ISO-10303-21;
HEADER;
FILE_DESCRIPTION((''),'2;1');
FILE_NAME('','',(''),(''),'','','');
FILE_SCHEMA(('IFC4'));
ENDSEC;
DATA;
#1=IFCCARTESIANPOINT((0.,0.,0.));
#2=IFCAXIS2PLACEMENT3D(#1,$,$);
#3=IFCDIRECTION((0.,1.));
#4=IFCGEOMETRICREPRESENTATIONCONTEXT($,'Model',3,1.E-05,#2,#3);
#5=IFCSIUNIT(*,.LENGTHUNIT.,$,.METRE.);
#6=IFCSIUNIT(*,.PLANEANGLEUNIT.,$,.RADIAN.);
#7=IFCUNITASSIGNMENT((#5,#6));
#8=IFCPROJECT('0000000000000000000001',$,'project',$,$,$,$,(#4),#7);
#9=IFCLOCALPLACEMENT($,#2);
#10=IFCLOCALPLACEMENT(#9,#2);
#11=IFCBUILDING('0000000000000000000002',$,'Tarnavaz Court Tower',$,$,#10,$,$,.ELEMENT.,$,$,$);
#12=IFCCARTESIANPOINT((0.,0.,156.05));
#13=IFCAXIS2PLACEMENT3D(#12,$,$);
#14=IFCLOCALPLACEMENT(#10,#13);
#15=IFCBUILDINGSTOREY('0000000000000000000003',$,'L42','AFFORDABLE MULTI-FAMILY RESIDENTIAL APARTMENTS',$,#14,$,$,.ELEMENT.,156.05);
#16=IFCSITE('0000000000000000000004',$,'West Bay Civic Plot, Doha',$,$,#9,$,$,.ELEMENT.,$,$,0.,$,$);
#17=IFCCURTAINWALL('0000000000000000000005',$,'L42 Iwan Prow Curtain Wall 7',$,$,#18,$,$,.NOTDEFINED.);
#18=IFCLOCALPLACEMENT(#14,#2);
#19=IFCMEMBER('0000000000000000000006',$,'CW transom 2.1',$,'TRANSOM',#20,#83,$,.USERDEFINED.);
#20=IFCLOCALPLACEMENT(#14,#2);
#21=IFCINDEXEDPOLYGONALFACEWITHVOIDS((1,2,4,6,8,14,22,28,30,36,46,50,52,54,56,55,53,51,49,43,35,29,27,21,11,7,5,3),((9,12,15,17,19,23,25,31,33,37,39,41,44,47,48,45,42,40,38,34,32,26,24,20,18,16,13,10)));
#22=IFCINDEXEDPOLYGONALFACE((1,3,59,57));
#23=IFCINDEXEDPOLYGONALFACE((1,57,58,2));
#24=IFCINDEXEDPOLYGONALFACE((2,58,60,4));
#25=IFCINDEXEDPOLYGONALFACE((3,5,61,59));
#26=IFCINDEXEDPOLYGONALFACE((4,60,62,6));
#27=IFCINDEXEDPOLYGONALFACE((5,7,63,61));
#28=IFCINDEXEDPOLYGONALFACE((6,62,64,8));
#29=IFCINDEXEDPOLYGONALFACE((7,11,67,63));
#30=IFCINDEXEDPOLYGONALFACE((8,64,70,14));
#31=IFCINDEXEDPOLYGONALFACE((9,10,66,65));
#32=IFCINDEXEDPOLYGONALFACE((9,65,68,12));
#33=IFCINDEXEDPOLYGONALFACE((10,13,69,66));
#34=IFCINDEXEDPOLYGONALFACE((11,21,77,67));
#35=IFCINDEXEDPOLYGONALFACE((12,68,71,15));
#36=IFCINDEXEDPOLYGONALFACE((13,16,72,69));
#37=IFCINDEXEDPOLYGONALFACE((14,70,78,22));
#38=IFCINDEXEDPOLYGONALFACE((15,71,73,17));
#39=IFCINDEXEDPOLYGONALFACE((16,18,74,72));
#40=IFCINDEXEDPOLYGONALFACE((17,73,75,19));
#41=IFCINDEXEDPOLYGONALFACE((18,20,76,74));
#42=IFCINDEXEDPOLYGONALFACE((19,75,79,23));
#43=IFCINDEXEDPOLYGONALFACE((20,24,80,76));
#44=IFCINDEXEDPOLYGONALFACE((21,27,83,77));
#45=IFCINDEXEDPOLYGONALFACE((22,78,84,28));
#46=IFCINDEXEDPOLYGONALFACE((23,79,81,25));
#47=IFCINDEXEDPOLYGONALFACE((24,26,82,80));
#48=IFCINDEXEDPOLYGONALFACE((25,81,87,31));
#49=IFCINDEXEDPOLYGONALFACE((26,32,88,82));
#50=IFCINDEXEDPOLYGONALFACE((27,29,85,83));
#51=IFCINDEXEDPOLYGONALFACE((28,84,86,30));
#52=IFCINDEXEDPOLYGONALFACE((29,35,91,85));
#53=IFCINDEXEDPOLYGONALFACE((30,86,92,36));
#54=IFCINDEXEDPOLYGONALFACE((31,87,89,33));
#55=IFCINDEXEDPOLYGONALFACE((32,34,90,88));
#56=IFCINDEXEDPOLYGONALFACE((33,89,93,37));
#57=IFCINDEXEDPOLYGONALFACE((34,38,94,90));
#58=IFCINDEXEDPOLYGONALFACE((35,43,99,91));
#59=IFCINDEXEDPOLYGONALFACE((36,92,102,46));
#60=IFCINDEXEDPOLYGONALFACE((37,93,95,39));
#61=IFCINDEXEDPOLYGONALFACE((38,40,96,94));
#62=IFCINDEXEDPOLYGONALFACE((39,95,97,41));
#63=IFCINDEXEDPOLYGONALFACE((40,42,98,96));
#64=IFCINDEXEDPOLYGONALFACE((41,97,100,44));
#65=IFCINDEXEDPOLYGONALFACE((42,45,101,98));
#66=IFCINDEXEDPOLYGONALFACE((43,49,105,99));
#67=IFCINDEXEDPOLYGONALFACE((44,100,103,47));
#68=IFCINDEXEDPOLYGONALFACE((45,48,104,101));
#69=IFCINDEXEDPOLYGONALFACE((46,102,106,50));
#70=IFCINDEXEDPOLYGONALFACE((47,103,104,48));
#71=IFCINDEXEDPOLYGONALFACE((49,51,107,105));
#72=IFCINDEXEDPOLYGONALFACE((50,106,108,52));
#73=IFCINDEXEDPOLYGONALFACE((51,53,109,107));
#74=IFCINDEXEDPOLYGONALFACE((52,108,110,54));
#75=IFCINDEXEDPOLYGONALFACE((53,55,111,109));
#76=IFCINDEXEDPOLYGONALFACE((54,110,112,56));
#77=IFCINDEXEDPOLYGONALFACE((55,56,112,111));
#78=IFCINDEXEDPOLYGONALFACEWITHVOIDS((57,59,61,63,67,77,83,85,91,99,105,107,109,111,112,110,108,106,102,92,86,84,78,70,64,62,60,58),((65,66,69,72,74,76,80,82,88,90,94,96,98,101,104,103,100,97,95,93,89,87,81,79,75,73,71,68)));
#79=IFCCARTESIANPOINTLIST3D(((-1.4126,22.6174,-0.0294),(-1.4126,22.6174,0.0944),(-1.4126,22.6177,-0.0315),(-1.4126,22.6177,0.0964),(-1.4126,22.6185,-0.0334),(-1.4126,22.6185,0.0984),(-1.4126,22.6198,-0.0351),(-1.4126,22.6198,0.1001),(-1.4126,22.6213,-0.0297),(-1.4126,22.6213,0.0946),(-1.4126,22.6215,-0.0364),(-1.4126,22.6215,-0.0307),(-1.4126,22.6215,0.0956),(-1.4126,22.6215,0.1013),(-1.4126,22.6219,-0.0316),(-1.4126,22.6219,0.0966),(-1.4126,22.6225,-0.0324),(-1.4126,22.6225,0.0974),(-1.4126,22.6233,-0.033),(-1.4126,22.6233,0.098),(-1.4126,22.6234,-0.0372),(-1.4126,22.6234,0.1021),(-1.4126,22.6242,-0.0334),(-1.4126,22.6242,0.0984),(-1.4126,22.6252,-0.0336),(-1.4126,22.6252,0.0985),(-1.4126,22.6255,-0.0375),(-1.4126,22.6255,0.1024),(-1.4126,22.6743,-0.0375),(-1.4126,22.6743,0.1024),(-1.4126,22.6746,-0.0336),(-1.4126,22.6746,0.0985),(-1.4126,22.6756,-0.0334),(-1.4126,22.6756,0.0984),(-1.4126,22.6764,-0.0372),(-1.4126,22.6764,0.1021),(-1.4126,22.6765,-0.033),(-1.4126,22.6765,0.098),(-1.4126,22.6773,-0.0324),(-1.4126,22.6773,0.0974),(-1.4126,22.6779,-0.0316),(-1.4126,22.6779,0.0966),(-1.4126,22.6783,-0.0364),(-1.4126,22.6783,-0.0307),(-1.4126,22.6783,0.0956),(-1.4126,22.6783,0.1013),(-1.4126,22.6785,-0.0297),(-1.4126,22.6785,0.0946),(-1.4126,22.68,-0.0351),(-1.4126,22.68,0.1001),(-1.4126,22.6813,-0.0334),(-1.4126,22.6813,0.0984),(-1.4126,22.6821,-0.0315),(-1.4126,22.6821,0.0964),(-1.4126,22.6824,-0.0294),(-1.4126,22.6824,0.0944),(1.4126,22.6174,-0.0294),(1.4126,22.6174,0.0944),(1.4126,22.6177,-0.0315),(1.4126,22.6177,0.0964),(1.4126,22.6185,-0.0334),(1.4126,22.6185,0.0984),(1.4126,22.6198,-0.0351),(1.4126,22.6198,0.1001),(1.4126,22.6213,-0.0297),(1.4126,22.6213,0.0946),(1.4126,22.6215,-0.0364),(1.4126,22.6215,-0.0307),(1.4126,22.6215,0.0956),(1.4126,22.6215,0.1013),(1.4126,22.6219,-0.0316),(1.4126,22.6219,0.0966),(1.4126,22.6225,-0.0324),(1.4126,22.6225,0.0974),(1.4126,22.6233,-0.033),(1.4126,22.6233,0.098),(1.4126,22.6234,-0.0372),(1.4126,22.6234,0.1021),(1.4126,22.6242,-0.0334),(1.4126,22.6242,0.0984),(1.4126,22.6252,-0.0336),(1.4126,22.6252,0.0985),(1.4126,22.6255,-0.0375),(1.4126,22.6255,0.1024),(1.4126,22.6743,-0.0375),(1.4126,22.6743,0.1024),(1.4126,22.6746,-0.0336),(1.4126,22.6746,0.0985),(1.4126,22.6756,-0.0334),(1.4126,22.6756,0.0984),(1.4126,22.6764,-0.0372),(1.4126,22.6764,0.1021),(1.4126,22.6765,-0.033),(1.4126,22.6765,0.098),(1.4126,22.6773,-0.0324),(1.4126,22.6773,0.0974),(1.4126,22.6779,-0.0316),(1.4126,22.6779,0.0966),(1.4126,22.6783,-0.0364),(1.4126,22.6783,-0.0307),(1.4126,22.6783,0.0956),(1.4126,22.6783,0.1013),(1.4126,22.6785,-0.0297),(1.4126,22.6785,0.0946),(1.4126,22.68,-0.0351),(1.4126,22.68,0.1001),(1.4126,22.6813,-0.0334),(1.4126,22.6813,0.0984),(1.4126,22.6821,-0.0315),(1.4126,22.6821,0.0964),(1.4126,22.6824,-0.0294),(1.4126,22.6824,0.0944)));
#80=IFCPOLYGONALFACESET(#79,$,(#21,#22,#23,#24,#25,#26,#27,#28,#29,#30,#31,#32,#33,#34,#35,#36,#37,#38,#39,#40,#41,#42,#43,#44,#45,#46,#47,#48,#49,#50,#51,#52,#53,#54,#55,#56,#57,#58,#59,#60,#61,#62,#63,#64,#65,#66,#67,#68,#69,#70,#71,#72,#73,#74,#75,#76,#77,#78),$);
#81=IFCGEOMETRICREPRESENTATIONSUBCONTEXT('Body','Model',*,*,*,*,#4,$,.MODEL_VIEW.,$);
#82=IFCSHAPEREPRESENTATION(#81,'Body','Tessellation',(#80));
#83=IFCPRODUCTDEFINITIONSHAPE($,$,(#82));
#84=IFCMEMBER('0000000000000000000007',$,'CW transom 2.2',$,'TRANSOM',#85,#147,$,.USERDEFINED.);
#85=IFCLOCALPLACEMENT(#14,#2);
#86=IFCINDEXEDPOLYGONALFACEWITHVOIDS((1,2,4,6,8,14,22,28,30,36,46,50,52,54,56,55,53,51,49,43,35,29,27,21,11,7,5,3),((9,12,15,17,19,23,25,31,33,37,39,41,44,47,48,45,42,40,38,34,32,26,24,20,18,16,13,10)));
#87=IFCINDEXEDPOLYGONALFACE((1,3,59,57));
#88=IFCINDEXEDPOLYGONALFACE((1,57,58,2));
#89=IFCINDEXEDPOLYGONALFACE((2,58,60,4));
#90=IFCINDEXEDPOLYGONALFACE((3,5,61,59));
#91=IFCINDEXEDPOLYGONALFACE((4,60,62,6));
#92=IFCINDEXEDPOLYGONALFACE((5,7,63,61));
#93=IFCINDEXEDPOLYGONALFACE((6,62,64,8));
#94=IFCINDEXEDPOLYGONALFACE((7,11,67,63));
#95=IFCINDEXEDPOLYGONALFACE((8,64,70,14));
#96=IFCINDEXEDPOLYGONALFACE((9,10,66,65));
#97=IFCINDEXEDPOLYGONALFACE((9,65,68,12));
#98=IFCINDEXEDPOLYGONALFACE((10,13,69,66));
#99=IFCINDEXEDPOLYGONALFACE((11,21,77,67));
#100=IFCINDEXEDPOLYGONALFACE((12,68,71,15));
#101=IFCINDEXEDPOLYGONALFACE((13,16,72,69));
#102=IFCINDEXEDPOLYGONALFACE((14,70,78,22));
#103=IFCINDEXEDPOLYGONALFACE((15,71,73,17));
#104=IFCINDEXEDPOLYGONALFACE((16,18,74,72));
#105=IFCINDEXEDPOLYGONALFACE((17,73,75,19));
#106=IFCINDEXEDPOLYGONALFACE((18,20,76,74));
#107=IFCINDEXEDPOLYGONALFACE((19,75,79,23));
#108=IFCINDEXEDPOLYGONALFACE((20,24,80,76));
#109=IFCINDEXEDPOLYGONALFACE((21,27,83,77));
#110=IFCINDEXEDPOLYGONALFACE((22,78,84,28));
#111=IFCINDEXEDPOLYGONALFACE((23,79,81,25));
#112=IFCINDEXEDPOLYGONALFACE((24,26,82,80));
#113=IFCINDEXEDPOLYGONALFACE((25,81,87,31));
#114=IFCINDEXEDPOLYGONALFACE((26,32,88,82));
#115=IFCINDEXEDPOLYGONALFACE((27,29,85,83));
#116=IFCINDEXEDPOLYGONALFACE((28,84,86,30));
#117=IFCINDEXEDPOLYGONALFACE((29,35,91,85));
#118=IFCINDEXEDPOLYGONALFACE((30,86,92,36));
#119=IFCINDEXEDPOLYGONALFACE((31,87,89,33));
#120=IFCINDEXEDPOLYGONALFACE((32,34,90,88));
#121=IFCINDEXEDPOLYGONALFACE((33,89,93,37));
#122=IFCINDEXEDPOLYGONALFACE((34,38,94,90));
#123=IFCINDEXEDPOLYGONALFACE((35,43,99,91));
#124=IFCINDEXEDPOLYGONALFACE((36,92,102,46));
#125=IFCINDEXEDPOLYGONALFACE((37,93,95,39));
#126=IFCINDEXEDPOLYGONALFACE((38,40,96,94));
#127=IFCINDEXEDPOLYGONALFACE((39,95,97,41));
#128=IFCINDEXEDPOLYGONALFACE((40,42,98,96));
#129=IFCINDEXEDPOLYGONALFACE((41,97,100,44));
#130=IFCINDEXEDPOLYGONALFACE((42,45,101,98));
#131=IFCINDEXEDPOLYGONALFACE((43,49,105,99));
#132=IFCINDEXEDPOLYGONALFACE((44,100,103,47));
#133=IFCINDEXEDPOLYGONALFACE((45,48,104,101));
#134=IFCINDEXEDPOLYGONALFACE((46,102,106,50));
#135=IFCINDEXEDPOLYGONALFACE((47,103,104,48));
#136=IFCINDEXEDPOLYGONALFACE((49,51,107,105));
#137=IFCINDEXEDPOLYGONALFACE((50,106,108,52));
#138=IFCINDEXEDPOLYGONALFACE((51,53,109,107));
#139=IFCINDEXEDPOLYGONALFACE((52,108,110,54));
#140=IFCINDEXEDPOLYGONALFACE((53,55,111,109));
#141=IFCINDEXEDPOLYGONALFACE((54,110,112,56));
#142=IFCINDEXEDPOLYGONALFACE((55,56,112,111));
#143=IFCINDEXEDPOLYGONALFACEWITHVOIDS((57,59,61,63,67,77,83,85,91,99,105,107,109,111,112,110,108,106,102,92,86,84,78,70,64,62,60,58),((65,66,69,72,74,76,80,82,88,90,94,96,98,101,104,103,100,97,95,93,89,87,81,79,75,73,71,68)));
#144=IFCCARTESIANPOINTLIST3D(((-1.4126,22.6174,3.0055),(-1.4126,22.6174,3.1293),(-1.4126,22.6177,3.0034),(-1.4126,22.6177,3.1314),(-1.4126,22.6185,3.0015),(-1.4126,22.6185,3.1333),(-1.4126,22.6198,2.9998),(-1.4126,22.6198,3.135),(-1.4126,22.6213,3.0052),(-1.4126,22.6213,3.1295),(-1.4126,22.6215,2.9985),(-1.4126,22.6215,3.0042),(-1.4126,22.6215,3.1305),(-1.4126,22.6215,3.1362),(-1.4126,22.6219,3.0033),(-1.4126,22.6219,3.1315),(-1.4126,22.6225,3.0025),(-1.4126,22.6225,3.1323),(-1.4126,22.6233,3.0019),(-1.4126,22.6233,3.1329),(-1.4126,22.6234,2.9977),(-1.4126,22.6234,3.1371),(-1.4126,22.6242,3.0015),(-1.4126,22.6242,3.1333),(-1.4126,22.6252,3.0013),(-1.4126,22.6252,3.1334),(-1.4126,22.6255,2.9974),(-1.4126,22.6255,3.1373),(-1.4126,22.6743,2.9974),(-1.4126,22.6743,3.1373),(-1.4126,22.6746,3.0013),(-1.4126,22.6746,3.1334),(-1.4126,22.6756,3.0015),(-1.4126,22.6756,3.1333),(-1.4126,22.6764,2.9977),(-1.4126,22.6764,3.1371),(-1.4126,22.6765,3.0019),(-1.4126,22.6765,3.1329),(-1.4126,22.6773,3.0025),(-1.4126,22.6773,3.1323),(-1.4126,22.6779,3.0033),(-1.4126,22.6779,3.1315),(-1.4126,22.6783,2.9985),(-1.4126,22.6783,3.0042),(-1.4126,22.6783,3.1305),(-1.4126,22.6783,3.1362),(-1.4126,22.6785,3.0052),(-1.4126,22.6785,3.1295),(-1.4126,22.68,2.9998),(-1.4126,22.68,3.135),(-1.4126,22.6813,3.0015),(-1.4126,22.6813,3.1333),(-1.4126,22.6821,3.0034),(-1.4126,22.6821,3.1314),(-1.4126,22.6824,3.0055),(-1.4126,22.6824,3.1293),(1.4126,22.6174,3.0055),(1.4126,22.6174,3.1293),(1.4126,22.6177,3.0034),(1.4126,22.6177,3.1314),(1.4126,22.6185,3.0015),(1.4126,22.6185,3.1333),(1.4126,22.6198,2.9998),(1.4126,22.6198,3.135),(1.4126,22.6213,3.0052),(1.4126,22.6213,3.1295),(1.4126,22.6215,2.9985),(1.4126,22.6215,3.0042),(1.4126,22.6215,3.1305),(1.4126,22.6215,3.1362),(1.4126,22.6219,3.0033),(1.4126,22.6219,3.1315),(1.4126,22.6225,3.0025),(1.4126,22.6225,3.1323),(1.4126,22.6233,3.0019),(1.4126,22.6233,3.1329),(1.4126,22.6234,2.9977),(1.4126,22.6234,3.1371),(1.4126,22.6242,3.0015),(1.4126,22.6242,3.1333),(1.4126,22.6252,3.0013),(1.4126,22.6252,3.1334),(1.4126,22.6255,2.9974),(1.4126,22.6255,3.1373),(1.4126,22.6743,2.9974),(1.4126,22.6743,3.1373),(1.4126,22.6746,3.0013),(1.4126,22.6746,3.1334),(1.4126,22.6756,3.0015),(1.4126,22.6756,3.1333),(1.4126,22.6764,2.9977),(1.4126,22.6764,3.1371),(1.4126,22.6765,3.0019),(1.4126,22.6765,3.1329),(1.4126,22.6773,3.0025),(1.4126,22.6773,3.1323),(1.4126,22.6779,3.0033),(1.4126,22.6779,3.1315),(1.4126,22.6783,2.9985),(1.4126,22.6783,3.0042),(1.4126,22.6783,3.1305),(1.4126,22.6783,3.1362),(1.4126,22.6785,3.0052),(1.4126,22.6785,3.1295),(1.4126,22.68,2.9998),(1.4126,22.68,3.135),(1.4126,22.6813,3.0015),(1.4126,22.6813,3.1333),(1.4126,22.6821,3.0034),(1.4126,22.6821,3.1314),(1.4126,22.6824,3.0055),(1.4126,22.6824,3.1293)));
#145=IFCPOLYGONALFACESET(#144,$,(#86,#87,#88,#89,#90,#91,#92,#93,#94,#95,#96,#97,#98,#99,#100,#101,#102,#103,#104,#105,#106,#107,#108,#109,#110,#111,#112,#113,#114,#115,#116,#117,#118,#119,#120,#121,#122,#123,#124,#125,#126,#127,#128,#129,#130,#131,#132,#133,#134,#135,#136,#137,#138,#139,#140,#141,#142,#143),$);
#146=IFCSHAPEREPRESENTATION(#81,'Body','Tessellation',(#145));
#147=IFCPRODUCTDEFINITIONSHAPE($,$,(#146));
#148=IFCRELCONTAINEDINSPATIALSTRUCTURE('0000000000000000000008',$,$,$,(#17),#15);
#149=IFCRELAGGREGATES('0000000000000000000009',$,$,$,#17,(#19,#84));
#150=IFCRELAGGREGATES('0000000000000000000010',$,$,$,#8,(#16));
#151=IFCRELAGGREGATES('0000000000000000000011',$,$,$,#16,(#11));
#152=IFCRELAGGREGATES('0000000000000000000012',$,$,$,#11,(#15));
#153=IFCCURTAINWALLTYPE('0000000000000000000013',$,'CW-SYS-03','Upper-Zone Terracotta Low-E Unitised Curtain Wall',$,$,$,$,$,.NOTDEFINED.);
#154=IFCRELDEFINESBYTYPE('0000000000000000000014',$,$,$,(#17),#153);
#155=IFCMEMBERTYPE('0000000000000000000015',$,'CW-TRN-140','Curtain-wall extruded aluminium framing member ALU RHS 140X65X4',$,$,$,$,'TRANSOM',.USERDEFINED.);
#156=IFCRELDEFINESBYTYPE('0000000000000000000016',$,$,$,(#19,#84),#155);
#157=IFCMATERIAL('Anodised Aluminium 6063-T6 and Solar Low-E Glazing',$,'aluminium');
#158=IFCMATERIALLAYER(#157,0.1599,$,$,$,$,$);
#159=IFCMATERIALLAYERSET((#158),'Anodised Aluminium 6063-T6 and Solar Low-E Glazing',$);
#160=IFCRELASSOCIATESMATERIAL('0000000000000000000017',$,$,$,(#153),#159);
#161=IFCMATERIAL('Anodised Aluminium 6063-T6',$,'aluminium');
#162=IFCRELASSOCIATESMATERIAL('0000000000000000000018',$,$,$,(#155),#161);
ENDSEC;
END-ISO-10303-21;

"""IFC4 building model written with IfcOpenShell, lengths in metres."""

from ifc_helpers import new_model, si_unit, direction, frame, origin, origin_2d, place, context, subcontext, project, spatial, hollow_rectangle, extrude, material, layer, layer_set, material_profile, profile_set, type_object, element, aggregate, save


model = new_model("IFC4")

# Units and contexts
model_context = context("Model", 3, precision=1e-05, world=origin(), true_north=direction((0.0, 1.0)))
body_context = subcontext(model_context, "Body", "Model", "MODEL_VIEW")
ifc_project = project(units=[si_unit("LENGTHUNIT", "METRE"), si_unit("PLANEANGLEUNIT", "RADIAN")], contexts=[model_context])

# Site, building, storey
site_placement = place(None, origin())
site = spatial("IfcSite", under=ifc_project, at=site_placement, Name="West Bay Civic Plot, Doha", CompositionType="ELEMENT", RefElevation=0.0)
building_placement = place(site_placement, origin())
building = spatial("IfcBuilding", under=site, at=building_placement, Name="Tarnavaz Court Tower", CompositionType="ELEMENT")
storey_placement = place(building_placement, frame((0.0, 0.0, 156.05)))
storey = spatial("IfcBuildingStorey", under=building, at=storey_placement, Name="L42", Description="AFFORDABLE MULTI-FAMILY RESIDENTIAL APARTMENTS", CompositionType="ELEMENT", Elevation=156.05)

# Curtain wall, members
ifc_material_1 = material(Name="Anodised Aluminium 6063-T6 and Solar Low-E Glazing", Category="aluminium")
ifc_layer_1 = layer(ifc_material_1, 0.1599)
ifc_layer_set_1 = layer_set([ifc_layer_1], Name="Anodised Aluminium 6063-T6 and Solar Low-E Glazing")
curtain_wall_type = type_object("IfcCurtainWallType", Name="CW-SYS-03", Description="Upper-Zone Terracotta Low-E Unitised Curtain Wall", PredefinedType="NOTDEFINED", material=ifc_layer_set_1)
curtain_wall_placement = place(storey_placement, origin())
curtain_wall = element("IfcCurtainWall", 1, at=curtain_wall_placement, inside=storey, type_object=curtain_wall_type, Name="L42 Iwan Prow Curtain Wall 7", PredefinedType="NOTDEFINED")
ifc_material_2 = material(Name="Anodised Aluminium 6063-T6", Category="aluminium")
ifc_material_profile_1 = material_profile(ifc_material_2, hollow_rectangle(XDim=0.0649, YDim=0.1399, WallThickness=0.0039, InnerFilletRadius=0.0039, OuterFilletRadius=0.0081, at=origin_2d()), Name="ALU RHS 140X65X4")
ifc_profile_set_1 = profile_set([ifc_material_profile_1], Name="Anodised Aluminium 6063-T6")
member_type_1 = type_object("IfcMemberType", Name="CW-TRN-140", Description="Curtain-wall extruded aluminium framing member ALU RHS 140X65X4", ElementType="TRANSOM", PredefinedType="USERDEFINED", material=ifc_profile_set_1)
member_1_placement = place(storey_placement, frame((-1.4126, 22.6499, 0.0325), z_axis=(1.0, 0.0, 0.0), x_axis=(0.0, 1.0, 0.0)))
member_1 = element("IfcMember", 2, at=member_1_placement, type_object=member_type_1, Name="CW transom 2.1", ObjectType="TRANSOM", PredefinedType="USERDEFINED", context=body_context, shape_type="SweptSolid", body=[
    extrude(hollow_rectangle(XDim=0.0649, YDim=0.1399, WallThickness=0.0039, InnerFilletRadius=0.0039, OuterFilletRadius=0.0081, at=origin_2d()), origin(), (0.0, 0.0, 1.0), 2.8252),
])
member_2_placement = place(storey_placement, frame((-1.4126, 22.6499, 3.0674), z_axis=(1.0, 0.0, 0.0), x_axis=(0.0, 1.0, 0.0)))
member_2 = element("IfcMember", 3, at=member_2_placement, type_object=member_type_1, Name="CW transom 2.2", ObjectType="TRANSOM", PredefinedType="USERDEFINED", context=body_context, shape_type="SweptSolid", body=[
    extrude(hollow_rectangle(XDim=0.0649, YDim=0.1399, WallThickness=0.0039, InnerFilletRadius=0.0039, OuterFilletRadius=0.0081, at=origin_2d()), origin(), (0.0, 0.0, 1.0), 2.8252),
])
aggregate(curtain_wall, [member_1, member_2])

save(model, "model.ifc")
